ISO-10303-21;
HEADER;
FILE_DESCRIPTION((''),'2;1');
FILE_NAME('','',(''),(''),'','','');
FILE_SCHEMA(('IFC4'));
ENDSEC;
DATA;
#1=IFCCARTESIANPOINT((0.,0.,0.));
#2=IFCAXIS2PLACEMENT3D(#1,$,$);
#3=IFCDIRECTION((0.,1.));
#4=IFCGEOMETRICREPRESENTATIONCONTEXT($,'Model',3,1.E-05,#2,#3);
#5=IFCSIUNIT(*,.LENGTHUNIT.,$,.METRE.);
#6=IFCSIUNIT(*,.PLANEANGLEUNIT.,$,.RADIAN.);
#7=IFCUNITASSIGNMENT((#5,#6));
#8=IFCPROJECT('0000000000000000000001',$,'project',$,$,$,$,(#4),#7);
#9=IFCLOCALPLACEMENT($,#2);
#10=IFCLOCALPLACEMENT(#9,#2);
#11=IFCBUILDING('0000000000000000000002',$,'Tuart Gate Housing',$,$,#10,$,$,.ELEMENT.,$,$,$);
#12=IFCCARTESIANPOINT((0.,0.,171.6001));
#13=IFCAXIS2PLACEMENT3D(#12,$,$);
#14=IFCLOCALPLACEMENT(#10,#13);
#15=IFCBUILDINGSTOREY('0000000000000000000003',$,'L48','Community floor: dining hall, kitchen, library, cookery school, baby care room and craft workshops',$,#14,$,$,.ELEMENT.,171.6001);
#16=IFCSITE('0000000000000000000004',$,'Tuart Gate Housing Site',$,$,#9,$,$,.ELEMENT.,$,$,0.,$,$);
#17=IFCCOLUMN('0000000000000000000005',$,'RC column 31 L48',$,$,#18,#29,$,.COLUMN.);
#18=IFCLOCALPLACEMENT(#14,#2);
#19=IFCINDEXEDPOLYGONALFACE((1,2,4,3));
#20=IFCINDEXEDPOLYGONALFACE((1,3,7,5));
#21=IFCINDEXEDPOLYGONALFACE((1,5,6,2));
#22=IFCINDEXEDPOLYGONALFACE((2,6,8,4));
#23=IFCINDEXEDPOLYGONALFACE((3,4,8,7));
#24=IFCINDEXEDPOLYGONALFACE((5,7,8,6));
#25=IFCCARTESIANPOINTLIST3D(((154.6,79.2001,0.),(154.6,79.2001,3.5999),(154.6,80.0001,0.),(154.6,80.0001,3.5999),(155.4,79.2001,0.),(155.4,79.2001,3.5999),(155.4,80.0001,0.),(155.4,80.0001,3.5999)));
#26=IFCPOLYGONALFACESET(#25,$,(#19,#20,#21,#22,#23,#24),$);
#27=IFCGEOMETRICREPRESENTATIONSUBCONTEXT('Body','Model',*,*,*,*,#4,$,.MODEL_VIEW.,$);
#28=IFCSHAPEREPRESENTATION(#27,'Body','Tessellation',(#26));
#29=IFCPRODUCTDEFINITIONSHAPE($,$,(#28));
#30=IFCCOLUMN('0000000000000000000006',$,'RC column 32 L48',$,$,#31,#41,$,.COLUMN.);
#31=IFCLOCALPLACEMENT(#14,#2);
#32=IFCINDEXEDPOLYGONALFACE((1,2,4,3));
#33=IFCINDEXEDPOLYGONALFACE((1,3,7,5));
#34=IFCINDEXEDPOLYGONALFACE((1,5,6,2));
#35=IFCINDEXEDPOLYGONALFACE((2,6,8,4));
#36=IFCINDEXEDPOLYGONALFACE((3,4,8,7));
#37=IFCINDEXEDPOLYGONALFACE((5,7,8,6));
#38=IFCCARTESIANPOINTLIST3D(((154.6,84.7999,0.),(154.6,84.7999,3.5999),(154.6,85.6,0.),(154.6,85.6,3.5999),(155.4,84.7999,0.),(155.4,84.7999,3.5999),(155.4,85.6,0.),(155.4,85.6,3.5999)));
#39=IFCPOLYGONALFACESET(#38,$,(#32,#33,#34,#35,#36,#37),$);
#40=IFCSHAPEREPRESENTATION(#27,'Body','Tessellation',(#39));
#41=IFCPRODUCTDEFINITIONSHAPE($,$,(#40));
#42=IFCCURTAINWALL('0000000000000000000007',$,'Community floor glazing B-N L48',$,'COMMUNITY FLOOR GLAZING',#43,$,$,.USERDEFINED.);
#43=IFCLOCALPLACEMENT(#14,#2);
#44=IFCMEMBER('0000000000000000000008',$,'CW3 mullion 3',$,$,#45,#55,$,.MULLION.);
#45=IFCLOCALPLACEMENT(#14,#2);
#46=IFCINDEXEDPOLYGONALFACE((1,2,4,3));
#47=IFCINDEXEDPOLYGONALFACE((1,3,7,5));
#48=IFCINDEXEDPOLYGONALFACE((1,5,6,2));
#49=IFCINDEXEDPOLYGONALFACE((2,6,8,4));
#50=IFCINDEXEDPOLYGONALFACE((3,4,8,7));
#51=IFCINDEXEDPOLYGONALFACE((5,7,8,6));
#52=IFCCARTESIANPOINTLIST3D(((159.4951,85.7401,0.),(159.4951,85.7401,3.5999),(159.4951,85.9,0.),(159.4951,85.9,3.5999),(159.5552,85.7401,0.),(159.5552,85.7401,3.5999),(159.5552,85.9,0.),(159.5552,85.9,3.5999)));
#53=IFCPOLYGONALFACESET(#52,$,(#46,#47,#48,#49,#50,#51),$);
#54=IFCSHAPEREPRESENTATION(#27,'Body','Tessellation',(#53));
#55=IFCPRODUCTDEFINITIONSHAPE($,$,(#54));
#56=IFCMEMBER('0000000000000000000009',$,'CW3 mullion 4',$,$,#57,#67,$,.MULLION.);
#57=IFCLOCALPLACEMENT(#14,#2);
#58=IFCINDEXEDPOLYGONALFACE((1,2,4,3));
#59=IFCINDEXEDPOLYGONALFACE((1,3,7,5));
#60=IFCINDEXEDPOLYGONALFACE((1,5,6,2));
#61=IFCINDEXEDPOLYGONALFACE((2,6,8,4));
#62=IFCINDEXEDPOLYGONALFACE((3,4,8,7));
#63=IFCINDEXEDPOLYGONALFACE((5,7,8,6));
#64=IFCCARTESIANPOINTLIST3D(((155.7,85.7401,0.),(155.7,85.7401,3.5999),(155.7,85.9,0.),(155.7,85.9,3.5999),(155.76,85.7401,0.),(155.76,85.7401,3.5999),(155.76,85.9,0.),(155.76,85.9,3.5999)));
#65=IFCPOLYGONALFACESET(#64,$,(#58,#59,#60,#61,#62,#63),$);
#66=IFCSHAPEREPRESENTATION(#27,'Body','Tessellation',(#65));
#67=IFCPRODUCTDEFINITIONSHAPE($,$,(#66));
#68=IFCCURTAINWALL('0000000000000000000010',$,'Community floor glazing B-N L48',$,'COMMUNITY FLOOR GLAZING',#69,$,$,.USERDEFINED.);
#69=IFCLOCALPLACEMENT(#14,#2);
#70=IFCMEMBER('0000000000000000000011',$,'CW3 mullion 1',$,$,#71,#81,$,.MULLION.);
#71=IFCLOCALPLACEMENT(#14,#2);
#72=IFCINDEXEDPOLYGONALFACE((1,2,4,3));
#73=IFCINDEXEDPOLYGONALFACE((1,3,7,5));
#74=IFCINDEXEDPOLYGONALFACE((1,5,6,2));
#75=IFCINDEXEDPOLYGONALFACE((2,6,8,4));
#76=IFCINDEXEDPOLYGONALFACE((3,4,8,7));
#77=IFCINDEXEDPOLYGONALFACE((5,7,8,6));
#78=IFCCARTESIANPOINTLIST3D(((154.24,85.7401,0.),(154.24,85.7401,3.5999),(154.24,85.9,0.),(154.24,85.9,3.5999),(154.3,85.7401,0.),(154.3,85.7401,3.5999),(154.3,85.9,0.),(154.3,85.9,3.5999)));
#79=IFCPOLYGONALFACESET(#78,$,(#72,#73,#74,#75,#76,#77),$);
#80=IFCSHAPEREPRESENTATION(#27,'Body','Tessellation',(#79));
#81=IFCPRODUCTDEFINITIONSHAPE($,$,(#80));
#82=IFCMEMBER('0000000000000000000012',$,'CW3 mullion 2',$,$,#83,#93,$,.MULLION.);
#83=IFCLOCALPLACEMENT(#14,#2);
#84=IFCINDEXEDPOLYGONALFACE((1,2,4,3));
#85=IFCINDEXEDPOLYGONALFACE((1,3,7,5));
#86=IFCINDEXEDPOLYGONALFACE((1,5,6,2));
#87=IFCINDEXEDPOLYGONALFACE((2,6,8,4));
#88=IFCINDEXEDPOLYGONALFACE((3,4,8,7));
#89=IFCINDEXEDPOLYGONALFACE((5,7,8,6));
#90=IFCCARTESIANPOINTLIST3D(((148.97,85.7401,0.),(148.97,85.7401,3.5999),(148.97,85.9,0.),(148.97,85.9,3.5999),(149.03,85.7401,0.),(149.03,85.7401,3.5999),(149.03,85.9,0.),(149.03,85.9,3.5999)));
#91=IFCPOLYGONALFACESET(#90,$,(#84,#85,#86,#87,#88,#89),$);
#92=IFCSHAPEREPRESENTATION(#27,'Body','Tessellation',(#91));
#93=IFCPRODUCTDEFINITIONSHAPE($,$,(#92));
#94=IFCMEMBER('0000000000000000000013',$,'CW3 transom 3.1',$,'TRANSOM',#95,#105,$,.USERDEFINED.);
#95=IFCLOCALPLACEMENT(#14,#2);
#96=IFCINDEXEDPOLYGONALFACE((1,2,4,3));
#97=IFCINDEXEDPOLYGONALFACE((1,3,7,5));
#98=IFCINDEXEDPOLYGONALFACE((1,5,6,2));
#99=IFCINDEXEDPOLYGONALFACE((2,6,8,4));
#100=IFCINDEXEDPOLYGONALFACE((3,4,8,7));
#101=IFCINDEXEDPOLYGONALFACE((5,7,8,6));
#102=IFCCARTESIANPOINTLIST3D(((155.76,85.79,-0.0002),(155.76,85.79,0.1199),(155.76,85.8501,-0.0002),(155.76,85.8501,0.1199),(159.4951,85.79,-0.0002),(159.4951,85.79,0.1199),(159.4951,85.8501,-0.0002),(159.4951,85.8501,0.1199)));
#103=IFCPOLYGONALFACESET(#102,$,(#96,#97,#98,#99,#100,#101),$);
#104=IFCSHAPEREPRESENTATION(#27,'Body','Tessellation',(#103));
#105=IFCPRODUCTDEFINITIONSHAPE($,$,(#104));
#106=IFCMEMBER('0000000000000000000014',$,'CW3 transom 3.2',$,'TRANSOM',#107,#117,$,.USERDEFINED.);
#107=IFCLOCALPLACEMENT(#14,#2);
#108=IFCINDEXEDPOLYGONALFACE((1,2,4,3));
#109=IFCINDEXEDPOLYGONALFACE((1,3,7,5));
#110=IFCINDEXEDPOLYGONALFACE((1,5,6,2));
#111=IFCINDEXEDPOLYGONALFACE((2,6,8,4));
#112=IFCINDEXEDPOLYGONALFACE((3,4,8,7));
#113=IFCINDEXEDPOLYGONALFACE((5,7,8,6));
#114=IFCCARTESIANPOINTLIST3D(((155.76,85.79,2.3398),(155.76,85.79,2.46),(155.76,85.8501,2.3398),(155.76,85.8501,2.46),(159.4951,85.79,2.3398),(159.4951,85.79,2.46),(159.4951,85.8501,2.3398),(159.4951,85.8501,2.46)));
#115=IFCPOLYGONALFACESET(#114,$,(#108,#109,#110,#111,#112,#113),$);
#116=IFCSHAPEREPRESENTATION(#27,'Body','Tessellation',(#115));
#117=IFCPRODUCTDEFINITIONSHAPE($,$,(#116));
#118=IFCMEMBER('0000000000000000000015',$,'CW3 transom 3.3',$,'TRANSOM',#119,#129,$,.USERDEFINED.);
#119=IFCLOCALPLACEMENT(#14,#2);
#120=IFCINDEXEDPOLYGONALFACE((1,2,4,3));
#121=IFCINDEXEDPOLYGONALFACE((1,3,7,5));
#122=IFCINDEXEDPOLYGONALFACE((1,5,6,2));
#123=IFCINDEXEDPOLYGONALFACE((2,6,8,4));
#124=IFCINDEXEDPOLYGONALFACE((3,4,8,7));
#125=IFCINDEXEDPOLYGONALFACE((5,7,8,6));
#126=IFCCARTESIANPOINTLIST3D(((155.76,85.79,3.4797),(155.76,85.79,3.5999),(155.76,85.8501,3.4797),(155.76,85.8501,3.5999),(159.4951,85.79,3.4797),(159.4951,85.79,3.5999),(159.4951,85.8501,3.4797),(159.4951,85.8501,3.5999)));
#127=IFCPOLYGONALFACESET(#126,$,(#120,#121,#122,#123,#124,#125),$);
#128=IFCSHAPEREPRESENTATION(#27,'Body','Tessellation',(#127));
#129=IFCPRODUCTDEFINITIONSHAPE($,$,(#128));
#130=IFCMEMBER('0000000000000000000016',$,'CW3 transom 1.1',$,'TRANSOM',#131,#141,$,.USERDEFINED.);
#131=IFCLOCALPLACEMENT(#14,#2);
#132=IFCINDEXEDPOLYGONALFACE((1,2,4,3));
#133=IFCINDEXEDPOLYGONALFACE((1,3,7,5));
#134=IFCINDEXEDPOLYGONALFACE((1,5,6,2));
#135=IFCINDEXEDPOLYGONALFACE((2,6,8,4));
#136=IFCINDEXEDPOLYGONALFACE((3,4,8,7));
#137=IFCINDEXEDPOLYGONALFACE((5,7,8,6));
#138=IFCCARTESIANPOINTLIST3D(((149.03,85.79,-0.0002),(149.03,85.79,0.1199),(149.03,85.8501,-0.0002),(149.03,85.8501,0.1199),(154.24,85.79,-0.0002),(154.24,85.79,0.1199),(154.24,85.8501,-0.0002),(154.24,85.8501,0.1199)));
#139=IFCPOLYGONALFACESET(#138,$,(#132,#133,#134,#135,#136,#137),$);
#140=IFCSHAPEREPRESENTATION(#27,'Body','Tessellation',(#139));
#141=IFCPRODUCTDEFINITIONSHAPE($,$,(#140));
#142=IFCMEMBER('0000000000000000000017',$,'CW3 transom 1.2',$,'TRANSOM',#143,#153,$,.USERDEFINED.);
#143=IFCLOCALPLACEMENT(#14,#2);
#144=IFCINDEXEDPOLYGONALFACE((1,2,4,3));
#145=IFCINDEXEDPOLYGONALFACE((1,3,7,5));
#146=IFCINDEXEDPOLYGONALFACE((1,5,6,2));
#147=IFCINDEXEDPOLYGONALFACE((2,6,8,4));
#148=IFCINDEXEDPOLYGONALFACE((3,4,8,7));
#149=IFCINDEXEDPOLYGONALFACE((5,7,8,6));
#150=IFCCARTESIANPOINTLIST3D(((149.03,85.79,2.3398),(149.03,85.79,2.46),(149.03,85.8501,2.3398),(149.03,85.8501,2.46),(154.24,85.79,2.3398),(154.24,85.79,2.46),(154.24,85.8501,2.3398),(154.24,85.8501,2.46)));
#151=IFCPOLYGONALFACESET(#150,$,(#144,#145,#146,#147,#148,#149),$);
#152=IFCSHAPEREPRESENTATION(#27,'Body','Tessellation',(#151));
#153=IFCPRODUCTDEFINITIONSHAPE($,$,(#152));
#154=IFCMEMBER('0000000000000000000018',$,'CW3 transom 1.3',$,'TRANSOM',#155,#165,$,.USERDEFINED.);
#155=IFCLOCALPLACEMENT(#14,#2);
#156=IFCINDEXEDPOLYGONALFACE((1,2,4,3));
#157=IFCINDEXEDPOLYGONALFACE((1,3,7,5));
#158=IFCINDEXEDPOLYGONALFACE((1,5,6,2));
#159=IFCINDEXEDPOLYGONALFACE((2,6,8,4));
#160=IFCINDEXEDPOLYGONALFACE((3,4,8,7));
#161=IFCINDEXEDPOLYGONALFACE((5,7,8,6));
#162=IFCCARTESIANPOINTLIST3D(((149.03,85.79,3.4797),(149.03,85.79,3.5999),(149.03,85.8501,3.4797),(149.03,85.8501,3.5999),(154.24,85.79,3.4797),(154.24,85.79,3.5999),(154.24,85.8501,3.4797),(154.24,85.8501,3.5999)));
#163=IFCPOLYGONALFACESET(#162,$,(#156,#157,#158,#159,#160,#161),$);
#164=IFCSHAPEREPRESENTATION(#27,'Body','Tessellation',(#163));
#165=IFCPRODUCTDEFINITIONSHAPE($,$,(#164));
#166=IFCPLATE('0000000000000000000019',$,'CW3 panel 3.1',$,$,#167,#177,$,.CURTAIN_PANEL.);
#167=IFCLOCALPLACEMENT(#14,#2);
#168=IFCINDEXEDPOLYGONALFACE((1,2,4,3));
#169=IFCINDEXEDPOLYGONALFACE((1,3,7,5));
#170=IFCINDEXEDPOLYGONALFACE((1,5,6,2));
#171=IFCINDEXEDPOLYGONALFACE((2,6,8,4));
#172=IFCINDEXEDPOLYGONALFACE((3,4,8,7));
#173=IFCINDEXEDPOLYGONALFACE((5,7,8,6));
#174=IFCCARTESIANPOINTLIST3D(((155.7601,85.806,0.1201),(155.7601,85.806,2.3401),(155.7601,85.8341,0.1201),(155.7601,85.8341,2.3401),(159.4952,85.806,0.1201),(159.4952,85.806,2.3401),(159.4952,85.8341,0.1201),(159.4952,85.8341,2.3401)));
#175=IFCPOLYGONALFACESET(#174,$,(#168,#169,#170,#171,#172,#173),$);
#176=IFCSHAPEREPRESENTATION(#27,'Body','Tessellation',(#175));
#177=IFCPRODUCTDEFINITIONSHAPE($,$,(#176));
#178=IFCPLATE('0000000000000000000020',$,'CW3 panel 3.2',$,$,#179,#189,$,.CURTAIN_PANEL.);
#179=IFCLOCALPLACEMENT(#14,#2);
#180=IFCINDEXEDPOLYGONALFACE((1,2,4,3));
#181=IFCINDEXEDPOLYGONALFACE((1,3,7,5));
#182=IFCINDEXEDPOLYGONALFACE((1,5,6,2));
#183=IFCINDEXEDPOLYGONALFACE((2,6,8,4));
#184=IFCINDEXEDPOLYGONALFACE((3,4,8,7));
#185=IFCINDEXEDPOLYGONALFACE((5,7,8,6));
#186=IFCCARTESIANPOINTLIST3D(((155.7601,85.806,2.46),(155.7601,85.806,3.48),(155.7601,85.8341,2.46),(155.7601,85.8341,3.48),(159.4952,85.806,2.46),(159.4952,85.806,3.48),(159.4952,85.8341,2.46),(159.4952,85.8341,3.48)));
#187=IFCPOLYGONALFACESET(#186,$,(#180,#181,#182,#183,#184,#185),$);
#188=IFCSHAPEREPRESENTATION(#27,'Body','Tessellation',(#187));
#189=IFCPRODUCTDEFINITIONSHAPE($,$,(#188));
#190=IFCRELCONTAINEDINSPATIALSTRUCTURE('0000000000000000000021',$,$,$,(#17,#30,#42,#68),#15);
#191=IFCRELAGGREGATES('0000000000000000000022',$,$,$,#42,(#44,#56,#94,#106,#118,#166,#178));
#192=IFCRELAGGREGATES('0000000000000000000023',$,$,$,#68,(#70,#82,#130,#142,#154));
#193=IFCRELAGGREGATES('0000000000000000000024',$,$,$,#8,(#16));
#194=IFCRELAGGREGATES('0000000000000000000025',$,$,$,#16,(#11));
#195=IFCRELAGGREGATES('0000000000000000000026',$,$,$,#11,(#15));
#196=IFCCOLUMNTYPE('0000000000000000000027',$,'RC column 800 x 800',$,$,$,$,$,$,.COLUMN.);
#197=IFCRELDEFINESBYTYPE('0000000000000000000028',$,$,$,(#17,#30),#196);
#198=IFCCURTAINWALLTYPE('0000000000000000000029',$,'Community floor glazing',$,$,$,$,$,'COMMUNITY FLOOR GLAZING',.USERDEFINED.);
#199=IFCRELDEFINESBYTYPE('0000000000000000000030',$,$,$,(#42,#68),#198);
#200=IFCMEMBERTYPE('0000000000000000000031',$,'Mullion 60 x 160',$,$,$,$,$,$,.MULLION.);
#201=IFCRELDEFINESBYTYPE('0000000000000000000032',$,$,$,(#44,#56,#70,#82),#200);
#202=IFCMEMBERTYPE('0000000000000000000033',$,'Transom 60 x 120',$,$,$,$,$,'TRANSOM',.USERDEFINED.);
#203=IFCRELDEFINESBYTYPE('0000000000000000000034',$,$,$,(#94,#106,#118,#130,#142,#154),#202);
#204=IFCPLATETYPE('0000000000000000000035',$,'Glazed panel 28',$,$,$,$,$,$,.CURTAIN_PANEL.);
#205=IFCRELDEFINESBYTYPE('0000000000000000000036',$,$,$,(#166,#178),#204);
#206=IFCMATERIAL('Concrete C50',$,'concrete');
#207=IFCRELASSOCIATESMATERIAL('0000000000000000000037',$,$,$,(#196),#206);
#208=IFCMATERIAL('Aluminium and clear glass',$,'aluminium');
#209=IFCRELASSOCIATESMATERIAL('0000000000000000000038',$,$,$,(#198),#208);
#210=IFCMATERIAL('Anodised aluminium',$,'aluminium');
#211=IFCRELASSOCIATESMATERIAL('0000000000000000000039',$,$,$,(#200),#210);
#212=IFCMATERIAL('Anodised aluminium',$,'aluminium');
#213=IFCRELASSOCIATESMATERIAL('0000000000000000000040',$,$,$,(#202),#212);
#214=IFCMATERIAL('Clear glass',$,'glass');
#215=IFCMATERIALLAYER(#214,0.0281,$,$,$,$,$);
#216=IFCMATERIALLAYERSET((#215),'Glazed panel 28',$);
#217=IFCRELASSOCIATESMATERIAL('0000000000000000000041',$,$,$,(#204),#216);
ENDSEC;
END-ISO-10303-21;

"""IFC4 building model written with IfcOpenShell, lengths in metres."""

from ifc_helpers import new_model, si_unit, direction, frame, origin, origin_2d, place, context, subcontext, project, spatial, rectangle, extrude, material, layer, layer_set, material_profile, profile_set, type_object, element, aggregate, save


model = new_model("IFC4")

# Units and contexts
model_context = context("Model", 3, precision=1e-05, world=origin(), true_north=direction((0.0, 1.0)))
body_context = subcontext(model_context, "Body", "Model", "MODEL_VIEW")
ifc_project = project(units=[si_unit("LENGTHUNIT", "METRE"), si_unit("PLANEANGLEUNIT", "RADIAN")], contexts=[model_context])

# Site, building, storey
site_placement = place(None, origin())
site = spatial("IfcSite", under=ifc_project, at=site_placement, Name="Tuart Gate Housing Site", CompositionType="ELEMENT", RefElevation=0.0)
building_placement = place(site_placement, origin())
building = spatial("IfcBuilding", under=site, at=building_placement, Name="Tuart Gate Housing", CompositionType="ELEMENT")
storey_placement = place(building_placement, frame((0.0, 0.0, 171.6001)))
storey = spatial("IfcBuildingStorey", under=building, at=storey_placement, Name="L48", Description="Community floor: dining hall, kitchen, library, cookery school, baby care room and craft workshops", CompositionType="ELEMENT", Elevation=171.6001)

# Columns
ifc_material_1 = material(Name="Concrete C50", Category="concrete")
ifc_material_profile_1 = material_profile(ifc_material_1, rectangle(XDim=0.8, YDim=0.8, at=origin_2d()), Name="RC column 800 x 800")
ifc_profile_set_1 = profile_set([ifc_material_profile_1], Name="Concrete C50")
column_type = type_object("IfcColumnType", Name="RC column 800 x 800", PredefinedType="COLUMN", material=ifc_profile_set_1)
for number, where, z_axis, x_axis, name in (
    (1, (155.0, 79.6001, 0.0), (0.0, 0.0, 1.0), (1.0, 0.0, 0.0), "RC column 31 L48"),
    (2, (155.0, 85.2, 0.0), (0.0, 0.0, 1.0), (1.0, 0.0, 0.0), "RC column 32 L48"),
):
    element("IfcColumn", number, at=place(storey_placement, frame(where, z_axis=z_axis, x_axis=x_axis)), inside=storey, type_object=column_type, Name=name, PredefinedType="COLUMN", context=body_context, shape_type="SweptSolid", body=[
        extrude(rectangle(XDim=0.8, YDim=0.8, at=origin_2d()), origin(), (0.0, 0.0, 1.0), 3.5999),
    ])

# Curtain walls, members
ifc_material_2 = material(Name="Aluminium and clear glass", Category="aluminium")
curtain_wall_type = type_object("IfcCurtainWallType", Name="Community floor glazing", ElementType="COMMUNITY FLOOR GLAZING", PredefinedType="USERDEFINED", material=ifc_material_2)
curtain_wall_1_placement = place(storey_placement, origin())
curtain_wall_1 = element("IfcCurtainWall", 3, at=curtain_wall_1_placement, inside=storey, type_object=curtain_wall_type, Name="Community floor glazing B-N L48", ObjectType="COMMUNITY FLOOR GLAZING", PredefinedType="USERDEFINED")
ifc_material_3 = material(Name="Anodised aluminium", Category="aluminium")
ifc_material_profile_2 = material_profile(ifc_material_3, rectangle(XDim=0.0601, YDim=0.1599, at=origin_2d()), Name="60x160")
ifc_profile_set_2 = profile_set([ifc_material_profile_2], Name="Anodised aluminium")
member_type_1 = type_object("IfcMemberType", Name="Mullion 60 x 160", PredefinedType="MULLION", material=ifc_profile_set_2)
member_1_placement = place(storey_placement, frame((159.5251, 85.8201, 0.0), z_axis=(0.0, 0.0, 1.0), x_axis=(-1.0, 0.0, 0.0)))
member_1 = element("IfcMember", 4, at=member_1_placement, type_object=member_type_1, Name="CW3 mullion 3", PredefinedType="MULLION", context=body_context, shape_type="SweptSolid", body=[
    extrude(rectangle(XDim=0.0601, YDim=0.1599, at=origin_2d()), origin(), (0.0, 0.0, 1.0), 3.5999),
])
member_2_placement = place(storey_placement, frame((155.73, 85.8201, 0.0), z_axis=(0.0, 0.0, 1.0), x_axis=(-1.0, 0.0, 0.0)))
member_2 = element("IfcMember", 5, at=member_2_placement, type_object=member_type_1, Name="CW3 mullion 4", PredefinedType="MULLION", context=body_context, shape_type="SweptSolid", body=[
    extrude(rectangle(XDim=0.0601, YDim=0.1599, at=origin_2d()), origin(), (0.0, 0.0, 1.0), 3.5999),
])
curtain_wall_2_placement = place(storey_placement, origin())
curtain_wall_2 = element("IfcCurtainWall", 6, at=curtain_wall_2_placement, inside=storey, type_object=curtain_wall_type, Name="Community floor glazing B-N L48", ObjectType="COMMUNITY FLOOR GLAZING", PredefinedType="USERDEFINED")
member_3_placement = place(storey_placement, frame((154.27, 85.8201, 0.0), z_axis=(0.0, 0.0, 1.0), x_axis=(-1.0, 0.0, 0.0)))
member_3 = element("IfcMember", 7, at=member_3_placement, type_object=member_type_1, Name="CW3 mullion 1", PredefinedType="MULLION", context=body_context, shape_type="SweptSolid", body=[
    extrude(rectangle(XDim=0.0601, YDim=0.1599, at=origin_2d()), origin(), (0.0, 0.0, 1.0), 3.5999),
])
member_4_placement = place(storey_placement, frame((149.0, 85.8201, 0.0), z_axis=(0.0, 0.0, 1.0), x_axis=(-1.0, 0.0, 0.0)))
member_4 = element("IfcMember", 8, at=member_4_placement, type_object=member_type_1, Name="CW3 mullion 2", PredefinedType="MULLION", context=body_context, shape_type="SweptSolid", body=[
    extrude(rectangle(XDim=0.0601, YDim=0.1599, at=origin_2d()), origin(), (0.0, 0.0, 1.0), 3.5999),
])

# Members
ifc_material_4 = material(Name="Anodised aluminium", Category="aluminium")
ifc_material_profile_3 = material_profile(ifc_material_4, rectangle(XDim=0.0601, YDim=0.1201, at=origin_2d()), Name="60x120")
ifc_profile_set_3 = profile_set([ifc_material_profile_3], Name="Anodised aluminium")
member_type_2 = type_object("IfcMemberType", Name="Transom 60 x 120", ElementType="TRANSOM", PredefinedType="USERDEFINED", material=ifc_profile_set_3)
member_5_placement = place(storey_placement, frame((159.4951, 85.8201, 0.0598), z_axis=(-1.0, 0.0, 0.0), x_axis=(0.0, -1.0, 0.0)))
member_5 = element("IfcMember", 9, at=member_5_placement, type_object=member_type_2, Name="CW3 transom 3.1", ObjectType="TRANSOM", PredefinedType="USERDEFINED", context=body_context, shape_type="SweptSolid", body=[
    extrude(rectangle(XDim=0.0601, YDim=0.1201, at=origin_2d()), origin(), (0.0, 0.0, 1.0), 3.7351),
])
member_6_placement = place(storey_placement, frame((159.4951, 85.8201, 2.3999), z_axis=(-1.0, 0.0, 0.0), x_axis=(0.0, -1.0, 0.0)))
member_6 = element("IfcMember", 10, at=member_6_placement, type_object=member_type_2, Name="CW3 transom 3.2", ObjectType="TRANSOM", PredefinedType="USERDEFINED", context=body_context, shape_type="SweptSolid", body=[
    extrude(rectangle(XDim=0.0601, YDim=0.1201, at=origin_2d()), origin(), (0.0, 0.0, 1.0), 3.7351),
])
member_7_placement = place(storey_placement, frame((159.4951, 85.8201, 3.5398), z_axis=(-1.0, 0.0, 0.0), x_axis=(0.0, -1.0, 0.0)))
member_7 = element("IfcMember", 11, at=member_7_placement, type_object=member_type_2, Name="CW3 transom 3.3", ObjectType="TRANSOM", PredefinedType="USERDEFINED", context=body_context, shape_type="SweptSolid", body=[
    extrude(rectangle(XDim=0.0601, YDim=0.1201, at=origin_2d()), origin(), (0.0, 0.0, 1.0), 3.7351),
])
member_8_placement = place(storey_placement, frame((154.24, 85.8201, 0.0598), z_axis=(-1.0, 0.0, 0.0), x_axis=(0.0, -1.0, 0.0)))
member_8 = element("IfcMember", 12, at=member_8_placement, type_object=member_type_2, Name="CW3 transom 1.1", ObjectType="TRANSOM", PredefinedType="USERDEFINED", context=body_context, shape_type="SweptSolid", body=[
    extrude(rectangle(XDim=0.0601, YDim=0.1201, at=origin_2d()), origin(), (0.0, 0.0, 1.0), 5.21),
])
member_9_placement = place(storey_placement, frame((154.24, 85.8201, 2.3999), z_axis=(-1.0, 0.0, 0.0), x_axis=(0.0, -1.0, 0.0)))
member_9 = element("IfcMember", 13, at=member_9_placement, type_object=member_type_2, Name="CW3 transom 1.2", ObjectType="TRANSOM", PredefinedType="USERDEFINED", context=body_context, shape_type="SweptSolid", body=[
    extrude(rectangle(XDim=0.0601, YDim=0.1201, at=origin_2d()), origin(), (0.0, 0.0, 1.0), 5.21),
])
member_10_placement = place(storey_placement, frame((154.24, 85.8201, 3.5398), z_axis=(-1.0, 0.0, 0.0), x_axis=(0.0, -1.0, 0.0)))
member_10 = element("IfcMember", 14, at=member_10_placement, type_object=member_type_2, Name="CW3 transom 1.3", ObjectType="TRANSOM", PredefinedType="USERDEFINED", context=body_context, shape_type="SweptSolid", body=[
    extrude(rectangle(XDim=0.0601, YDim=0.1201, at=origin_2d()), origin(), (0.0, 0.0, 1.0), 5.21),
])

# Plates
ifc_material_5 = material(Name="Clear glass", Category="glass")
ifc_layer_1 = layer(ifc_material_5, 0.0281)
ifc_layer_set_1 = layer_set([ifc_layer_1], Name="Glazed panel 28")
plate_type = type_object("IfcPlateType", Name="Glazed panel 28", PredefinedType="CURTAIN_PANEL", material=ifc_layer_set_1)
plate_1_placement = place(storey_placement, frame((157.6277, 85.8201, 0.1201), z_axis=(0.0, 0.0, 1.0), x_axis=(-1.0, 0.0, 0.0)))
plate_1 = element("IfcPlate", 15, at=plate_1_placement, type_object=plate_type, Name="CW3 panel 3.1", PredefinedType="CURTAIN_PANEL", context=body_context, shape_type="SweptSolid", body=[
    extrude(rectangle(XDim=3.7351, YDim=0.0281, at=origin_2d()), origin(), (0.0, 0.0, 1.0), 2.22),
])
plate_2_placement = place(storey_placement, frame((157.6277, 85.8201, 2.46), z_axis=(0.0, 0.0, 1.0), x_axis=(-1.0, 0.0, 0.0)))
plate_2 = element("IfcPlate", 16, at=plate_2_placement, type_object=plate_type, Name="CW3 panel 3.2", PredefinedType="CURTAIN_PANEL", context=body_context, shape_type="SweptSolid", body=[
    extrude(rectangle(XDim=3.7351, YDim=0.0281, at=origin_2d()), origin(), (0.0, 0.0, 1.0), 1.02),
])
aggregate(curtain_wall_1, [member_1, member_2, member_5, member_6, member_7, plate_1, plate_2])
aggregate(curtain_wall_2, [member_3, member_4, member_8, member_9, member_10])

save(model, "model.ifc")
